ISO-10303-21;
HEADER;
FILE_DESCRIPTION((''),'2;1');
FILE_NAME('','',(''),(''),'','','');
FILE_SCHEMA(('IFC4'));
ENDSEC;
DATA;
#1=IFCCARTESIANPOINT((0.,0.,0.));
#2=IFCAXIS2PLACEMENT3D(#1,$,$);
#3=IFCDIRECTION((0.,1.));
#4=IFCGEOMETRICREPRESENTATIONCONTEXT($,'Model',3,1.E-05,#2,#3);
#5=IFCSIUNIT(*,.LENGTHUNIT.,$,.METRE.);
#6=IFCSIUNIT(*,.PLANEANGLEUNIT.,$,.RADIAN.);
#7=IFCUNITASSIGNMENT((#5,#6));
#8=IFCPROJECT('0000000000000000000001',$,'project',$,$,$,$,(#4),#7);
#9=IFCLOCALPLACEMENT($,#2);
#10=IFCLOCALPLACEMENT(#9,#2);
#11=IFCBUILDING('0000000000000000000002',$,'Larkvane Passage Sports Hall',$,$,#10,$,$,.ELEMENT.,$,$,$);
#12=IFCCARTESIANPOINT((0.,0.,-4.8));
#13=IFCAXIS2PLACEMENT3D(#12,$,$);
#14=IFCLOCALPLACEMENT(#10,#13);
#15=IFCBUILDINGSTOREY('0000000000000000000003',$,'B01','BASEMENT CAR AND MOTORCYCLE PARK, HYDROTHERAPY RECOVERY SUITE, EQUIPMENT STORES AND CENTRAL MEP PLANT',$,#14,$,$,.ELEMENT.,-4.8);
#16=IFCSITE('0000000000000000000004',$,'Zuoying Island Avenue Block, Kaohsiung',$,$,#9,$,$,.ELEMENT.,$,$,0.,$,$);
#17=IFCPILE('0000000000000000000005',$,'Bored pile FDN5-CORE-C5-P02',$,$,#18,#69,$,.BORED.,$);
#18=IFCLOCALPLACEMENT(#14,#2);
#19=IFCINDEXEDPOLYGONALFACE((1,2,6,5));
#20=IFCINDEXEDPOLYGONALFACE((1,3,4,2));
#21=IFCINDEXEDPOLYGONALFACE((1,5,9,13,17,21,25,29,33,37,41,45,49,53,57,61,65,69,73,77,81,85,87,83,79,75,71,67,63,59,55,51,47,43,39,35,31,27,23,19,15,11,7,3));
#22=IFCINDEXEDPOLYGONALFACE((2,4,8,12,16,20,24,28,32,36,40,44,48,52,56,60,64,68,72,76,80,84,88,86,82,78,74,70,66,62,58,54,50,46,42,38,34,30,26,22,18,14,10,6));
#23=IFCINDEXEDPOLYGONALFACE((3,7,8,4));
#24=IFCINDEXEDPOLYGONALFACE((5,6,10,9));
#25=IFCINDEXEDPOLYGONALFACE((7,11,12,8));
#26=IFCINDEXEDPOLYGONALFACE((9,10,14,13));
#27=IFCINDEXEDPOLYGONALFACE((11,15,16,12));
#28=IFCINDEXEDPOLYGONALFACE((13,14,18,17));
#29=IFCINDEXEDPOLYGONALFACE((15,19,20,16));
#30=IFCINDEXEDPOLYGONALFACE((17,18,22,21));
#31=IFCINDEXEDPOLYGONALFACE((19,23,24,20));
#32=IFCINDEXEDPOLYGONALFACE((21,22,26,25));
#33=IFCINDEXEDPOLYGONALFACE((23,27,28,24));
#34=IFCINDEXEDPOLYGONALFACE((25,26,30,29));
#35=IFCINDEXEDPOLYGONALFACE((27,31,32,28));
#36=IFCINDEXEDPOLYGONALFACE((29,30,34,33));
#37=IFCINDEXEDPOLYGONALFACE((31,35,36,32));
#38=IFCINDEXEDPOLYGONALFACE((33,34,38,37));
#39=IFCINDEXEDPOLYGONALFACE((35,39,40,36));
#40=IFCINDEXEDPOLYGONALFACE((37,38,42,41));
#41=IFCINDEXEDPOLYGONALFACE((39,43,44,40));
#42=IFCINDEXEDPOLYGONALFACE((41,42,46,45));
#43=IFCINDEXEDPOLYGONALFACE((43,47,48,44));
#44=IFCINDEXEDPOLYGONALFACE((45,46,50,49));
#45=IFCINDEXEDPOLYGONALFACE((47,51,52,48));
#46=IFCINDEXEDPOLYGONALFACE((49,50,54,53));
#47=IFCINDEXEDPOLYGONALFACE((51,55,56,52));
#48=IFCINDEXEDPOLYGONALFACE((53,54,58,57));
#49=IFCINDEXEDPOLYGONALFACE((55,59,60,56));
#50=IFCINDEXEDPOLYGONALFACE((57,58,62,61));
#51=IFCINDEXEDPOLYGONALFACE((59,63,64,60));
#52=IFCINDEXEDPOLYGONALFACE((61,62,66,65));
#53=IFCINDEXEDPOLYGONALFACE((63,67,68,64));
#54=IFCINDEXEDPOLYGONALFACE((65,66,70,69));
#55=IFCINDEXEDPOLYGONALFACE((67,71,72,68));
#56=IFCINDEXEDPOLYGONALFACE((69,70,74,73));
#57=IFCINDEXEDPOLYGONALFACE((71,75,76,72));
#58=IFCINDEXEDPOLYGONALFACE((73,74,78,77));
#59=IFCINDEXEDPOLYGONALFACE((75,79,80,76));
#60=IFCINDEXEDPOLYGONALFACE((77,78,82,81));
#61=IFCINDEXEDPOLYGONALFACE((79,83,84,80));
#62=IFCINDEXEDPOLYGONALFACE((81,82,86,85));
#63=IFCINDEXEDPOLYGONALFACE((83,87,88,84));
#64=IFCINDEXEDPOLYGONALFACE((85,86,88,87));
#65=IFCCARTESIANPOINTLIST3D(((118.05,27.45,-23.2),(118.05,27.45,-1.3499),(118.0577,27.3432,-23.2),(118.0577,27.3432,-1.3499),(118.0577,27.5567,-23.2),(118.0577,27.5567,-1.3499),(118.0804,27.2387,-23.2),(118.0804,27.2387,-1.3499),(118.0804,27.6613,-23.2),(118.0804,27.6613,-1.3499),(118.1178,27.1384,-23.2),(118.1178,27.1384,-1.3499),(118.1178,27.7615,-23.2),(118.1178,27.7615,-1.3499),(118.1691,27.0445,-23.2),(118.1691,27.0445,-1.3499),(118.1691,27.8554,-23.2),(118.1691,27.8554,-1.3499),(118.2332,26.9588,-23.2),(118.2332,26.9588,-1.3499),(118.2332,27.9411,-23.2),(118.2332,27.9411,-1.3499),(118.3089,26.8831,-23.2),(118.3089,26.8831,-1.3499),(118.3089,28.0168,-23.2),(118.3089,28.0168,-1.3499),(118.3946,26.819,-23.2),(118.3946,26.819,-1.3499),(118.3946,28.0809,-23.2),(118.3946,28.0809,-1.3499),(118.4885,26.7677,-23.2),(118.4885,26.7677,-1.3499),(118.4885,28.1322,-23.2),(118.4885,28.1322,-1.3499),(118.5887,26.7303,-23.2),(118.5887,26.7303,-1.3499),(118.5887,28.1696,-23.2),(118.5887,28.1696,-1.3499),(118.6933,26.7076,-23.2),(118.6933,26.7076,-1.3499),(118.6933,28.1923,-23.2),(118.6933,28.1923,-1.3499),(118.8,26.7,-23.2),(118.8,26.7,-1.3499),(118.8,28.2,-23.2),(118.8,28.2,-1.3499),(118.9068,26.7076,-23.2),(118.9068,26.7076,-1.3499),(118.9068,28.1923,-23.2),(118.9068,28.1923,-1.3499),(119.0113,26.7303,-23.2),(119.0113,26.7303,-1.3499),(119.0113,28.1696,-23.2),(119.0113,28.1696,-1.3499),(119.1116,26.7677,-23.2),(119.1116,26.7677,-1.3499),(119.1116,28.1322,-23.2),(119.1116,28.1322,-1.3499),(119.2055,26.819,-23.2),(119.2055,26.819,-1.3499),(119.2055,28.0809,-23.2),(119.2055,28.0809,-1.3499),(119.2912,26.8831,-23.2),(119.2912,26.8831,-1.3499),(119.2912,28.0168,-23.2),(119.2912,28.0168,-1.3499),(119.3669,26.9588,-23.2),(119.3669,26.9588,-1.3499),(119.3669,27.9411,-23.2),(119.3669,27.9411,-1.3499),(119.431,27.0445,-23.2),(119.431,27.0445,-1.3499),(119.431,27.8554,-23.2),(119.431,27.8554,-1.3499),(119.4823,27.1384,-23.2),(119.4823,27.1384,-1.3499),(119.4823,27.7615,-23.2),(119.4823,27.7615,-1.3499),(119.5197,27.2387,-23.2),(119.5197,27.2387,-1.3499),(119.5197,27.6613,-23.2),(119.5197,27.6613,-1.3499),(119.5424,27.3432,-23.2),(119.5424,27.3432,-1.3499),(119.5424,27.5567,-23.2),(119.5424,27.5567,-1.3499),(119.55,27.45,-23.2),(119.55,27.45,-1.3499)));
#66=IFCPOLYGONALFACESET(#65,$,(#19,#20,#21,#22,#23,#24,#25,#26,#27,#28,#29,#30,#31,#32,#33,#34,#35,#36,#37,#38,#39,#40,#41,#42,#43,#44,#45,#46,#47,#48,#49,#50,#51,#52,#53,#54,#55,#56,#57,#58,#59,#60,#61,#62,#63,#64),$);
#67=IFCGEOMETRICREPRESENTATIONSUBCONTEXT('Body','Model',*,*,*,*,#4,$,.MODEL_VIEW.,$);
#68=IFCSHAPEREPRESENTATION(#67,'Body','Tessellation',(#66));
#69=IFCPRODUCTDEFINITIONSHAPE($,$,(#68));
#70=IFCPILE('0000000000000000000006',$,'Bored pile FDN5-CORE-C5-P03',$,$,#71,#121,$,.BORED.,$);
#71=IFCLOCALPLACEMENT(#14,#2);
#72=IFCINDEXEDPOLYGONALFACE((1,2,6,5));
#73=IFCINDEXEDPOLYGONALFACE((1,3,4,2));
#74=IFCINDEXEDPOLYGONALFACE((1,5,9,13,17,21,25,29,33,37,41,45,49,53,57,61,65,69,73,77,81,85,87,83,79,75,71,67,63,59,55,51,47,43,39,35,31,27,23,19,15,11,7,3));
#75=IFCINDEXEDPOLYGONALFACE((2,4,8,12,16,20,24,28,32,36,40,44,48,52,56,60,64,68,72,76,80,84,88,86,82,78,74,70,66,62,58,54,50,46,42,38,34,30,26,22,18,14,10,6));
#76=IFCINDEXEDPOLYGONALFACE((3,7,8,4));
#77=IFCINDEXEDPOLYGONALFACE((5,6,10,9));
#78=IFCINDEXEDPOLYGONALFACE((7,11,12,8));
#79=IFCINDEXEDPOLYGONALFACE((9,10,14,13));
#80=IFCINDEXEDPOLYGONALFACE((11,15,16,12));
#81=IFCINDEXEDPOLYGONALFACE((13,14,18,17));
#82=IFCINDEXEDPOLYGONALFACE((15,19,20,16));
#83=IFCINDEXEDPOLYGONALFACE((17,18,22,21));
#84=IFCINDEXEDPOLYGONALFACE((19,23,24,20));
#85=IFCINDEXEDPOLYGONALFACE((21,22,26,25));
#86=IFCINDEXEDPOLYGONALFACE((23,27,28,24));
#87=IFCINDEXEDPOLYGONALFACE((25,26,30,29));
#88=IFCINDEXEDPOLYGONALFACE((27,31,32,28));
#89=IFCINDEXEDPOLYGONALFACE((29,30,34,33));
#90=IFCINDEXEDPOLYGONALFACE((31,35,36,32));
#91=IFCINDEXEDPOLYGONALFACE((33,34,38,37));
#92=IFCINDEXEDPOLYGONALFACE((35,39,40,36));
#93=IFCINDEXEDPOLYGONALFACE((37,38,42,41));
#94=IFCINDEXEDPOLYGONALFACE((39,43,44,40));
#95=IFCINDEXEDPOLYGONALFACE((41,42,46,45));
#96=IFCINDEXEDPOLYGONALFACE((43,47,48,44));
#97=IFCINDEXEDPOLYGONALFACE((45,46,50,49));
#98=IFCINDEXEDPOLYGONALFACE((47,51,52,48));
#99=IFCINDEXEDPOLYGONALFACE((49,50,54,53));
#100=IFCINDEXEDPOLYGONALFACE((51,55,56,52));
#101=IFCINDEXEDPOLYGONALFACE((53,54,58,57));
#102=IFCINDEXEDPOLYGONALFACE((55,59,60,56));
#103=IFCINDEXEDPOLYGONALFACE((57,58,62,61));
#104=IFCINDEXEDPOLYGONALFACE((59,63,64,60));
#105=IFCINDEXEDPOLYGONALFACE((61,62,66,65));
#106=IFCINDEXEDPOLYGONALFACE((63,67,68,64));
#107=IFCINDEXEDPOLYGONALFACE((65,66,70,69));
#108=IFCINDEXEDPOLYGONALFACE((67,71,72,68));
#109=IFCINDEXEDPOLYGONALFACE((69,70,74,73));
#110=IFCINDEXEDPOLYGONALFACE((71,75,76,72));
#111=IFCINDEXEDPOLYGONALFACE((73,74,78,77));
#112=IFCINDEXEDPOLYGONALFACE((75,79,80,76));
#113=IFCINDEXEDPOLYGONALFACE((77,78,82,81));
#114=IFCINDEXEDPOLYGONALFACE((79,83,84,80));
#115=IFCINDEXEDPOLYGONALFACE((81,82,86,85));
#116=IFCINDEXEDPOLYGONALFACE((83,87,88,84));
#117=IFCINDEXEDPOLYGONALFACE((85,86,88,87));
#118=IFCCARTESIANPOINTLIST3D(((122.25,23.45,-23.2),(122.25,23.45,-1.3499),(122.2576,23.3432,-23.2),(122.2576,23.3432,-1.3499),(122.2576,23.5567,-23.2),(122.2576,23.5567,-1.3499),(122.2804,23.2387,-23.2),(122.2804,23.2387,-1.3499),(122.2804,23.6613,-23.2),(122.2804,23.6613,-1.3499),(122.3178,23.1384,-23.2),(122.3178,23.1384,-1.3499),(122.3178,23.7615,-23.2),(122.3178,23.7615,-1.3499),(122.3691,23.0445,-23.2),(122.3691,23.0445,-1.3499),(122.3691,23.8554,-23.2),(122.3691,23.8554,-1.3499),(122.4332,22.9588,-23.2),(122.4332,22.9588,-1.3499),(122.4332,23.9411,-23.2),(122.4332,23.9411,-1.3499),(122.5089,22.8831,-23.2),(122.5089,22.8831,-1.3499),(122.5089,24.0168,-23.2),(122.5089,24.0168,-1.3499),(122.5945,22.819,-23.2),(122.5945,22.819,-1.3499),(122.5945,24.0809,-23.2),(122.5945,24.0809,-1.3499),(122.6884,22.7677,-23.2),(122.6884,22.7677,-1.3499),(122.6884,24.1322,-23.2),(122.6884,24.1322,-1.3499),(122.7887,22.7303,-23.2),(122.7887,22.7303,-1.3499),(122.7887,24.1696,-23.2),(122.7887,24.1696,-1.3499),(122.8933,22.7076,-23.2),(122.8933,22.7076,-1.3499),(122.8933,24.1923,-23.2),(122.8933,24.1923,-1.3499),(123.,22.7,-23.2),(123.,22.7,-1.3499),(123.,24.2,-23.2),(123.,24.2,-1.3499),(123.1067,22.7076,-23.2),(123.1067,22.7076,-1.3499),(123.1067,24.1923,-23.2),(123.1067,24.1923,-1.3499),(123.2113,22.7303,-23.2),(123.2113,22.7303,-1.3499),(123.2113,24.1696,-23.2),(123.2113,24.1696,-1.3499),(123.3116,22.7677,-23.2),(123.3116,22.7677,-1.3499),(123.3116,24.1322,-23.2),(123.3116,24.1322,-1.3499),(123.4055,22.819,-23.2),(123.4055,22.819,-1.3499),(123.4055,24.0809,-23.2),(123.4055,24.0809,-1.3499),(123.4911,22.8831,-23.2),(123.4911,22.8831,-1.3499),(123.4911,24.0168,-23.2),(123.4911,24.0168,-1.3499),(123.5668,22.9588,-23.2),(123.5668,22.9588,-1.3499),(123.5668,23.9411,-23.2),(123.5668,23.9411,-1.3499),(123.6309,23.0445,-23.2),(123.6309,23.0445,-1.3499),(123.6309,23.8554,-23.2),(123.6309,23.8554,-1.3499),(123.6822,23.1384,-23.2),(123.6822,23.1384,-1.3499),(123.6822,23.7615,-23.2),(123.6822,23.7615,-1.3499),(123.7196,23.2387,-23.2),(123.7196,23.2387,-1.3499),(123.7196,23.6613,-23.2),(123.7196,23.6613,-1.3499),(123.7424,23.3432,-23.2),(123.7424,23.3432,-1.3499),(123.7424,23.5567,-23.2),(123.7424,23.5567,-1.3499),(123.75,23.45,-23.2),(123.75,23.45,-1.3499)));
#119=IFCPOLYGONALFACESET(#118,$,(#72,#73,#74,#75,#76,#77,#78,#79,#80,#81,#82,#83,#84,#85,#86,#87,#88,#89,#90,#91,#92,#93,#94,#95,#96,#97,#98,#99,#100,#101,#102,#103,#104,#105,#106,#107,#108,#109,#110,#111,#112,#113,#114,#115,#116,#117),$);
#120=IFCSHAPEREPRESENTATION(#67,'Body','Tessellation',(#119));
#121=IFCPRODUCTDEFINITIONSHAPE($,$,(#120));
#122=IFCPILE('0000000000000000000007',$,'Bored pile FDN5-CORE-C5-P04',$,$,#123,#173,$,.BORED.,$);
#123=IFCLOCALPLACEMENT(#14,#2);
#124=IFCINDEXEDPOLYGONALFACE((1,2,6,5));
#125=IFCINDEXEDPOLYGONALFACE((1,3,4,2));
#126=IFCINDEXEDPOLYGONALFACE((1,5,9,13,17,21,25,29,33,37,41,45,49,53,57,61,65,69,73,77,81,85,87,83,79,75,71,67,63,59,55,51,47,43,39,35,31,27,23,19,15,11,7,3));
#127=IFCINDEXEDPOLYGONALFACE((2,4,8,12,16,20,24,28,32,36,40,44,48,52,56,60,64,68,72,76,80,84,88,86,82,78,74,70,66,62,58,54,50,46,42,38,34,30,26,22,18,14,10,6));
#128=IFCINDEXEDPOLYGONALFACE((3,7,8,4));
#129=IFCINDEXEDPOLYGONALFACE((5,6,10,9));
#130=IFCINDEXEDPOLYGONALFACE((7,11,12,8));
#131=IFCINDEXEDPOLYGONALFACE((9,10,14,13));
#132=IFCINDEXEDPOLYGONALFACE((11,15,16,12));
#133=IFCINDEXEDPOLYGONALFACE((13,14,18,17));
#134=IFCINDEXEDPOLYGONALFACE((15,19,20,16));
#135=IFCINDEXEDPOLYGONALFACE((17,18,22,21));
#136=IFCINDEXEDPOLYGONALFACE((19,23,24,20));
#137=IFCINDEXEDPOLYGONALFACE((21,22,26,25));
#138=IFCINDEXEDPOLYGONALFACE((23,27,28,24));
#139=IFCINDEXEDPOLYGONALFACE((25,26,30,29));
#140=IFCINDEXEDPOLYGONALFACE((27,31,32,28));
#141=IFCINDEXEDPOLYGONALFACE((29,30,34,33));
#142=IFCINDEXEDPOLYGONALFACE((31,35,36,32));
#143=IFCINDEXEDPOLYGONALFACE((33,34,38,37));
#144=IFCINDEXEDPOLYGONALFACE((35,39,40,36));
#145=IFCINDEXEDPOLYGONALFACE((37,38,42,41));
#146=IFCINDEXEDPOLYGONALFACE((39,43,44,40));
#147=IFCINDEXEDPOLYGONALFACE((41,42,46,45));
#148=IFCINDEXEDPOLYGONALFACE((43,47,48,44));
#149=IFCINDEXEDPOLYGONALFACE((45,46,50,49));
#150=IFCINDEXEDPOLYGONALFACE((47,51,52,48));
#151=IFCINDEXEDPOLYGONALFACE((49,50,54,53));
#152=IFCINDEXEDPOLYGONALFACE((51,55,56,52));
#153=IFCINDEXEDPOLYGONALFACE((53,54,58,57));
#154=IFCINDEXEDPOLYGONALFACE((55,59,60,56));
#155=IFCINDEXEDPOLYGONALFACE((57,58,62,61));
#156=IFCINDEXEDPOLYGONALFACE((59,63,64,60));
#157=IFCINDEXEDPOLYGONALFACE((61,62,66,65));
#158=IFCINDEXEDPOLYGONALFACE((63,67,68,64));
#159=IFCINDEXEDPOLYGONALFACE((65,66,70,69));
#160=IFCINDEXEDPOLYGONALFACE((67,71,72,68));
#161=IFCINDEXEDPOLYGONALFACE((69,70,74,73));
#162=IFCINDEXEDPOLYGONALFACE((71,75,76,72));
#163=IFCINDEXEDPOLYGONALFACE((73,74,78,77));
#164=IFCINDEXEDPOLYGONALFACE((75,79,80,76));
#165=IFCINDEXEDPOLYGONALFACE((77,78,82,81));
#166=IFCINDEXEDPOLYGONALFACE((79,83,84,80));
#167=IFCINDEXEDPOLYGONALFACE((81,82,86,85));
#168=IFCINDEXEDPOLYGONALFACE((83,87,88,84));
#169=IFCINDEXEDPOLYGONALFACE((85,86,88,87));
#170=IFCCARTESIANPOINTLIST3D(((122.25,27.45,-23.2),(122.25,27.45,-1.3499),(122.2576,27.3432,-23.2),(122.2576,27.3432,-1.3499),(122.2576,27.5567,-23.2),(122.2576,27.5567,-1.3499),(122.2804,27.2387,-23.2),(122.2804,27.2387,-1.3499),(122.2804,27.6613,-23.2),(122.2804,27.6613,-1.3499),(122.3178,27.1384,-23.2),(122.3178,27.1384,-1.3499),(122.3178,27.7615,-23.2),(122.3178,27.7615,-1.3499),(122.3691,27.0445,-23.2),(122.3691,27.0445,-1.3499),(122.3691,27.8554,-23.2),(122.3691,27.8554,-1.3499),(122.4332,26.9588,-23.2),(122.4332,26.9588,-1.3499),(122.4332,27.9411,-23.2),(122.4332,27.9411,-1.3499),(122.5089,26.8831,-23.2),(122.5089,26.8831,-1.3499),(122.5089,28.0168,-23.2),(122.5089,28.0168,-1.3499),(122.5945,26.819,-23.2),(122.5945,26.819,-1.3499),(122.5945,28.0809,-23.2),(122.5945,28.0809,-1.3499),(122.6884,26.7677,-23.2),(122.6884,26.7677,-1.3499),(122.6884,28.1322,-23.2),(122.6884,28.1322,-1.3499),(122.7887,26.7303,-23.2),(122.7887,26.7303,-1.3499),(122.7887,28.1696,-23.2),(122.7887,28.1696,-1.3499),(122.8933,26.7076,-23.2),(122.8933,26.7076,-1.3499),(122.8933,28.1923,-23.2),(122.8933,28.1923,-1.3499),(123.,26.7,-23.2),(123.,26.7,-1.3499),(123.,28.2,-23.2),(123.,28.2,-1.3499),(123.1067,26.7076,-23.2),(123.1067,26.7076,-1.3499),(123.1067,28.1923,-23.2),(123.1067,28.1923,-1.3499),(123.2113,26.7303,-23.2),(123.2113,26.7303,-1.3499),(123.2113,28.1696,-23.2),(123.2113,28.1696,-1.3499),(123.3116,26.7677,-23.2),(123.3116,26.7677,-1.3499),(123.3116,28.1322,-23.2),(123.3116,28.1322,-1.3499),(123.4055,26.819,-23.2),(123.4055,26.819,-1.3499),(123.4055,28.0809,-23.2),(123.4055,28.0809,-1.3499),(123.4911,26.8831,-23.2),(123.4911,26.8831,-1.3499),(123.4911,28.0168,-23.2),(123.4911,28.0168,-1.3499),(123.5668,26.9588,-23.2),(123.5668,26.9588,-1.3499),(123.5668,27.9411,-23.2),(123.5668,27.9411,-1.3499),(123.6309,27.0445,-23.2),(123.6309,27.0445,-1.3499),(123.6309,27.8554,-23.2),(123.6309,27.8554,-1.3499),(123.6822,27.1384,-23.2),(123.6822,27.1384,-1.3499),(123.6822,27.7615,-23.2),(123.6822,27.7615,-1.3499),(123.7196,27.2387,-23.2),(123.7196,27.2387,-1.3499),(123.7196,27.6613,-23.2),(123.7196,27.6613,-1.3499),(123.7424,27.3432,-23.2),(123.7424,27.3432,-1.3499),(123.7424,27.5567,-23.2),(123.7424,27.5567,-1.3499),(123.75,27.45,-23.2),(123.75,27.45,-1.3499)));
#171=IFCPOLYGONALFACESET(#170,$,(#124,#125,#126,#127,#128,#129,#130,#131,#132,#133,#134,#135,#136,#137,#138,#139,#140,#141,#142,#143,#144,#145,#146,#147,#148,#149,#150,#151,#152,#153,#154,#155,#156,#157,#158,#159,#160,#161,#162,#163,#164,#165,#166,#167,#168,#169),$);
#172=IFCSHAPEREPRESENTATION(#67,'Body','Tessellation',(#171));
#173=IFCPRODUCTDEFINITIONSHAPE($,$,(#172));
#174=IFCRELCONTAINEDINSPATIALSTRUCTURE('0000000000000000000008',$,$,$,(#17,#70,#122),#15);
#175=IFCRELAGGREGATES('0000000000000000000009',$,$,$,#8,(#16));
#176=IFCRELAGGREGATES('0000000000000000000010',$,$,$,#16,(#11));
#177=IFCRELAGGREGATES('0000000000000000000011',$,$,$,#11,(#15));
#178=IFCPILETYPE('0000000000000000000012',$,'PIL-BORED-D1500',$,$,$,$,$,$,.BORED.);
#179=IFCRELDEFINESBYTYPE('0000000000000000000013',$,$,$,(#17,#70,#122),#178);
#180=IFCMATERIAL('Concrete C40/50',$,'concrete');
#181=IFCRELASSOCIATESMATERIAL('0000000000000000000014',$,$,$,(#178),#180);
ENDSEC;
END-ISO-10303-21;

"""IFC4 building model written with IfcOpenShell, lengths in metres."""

from ifc_helpers import new_model, si_unit, direction, frame, origin, origin_2d, place, context, subcontext, project, spatial, circle, extrude, material, material_profile, profile_set, type_object, element, save


model = new_model("IFC4")

# Units and contexts
model_context = context("Model", 3, precision=1e-05, world=origin(), true_north=direction((0.0, 1.0)))
body_context = subcontext(model_context, "Body", "Model", "MODEL_VIEW")
ifc_project = project(units=[si_unit("LENGTHUNIT", "METRE"), si_unit("PLANEANGLEUNIT", "RADIAN")], contexts=[model_context])

# Site, building, storey
site_placement = place(None, origin())
site = spatial("IfcSite", under=ifc_project, at=site_placement, Name="Zuoying Island Avenue Block, Kaohsiung", CompositionType="ELEMENT", RefElevation=0.0)
building_placement = place(site_placement, origin())
building = spatial("IfcBuilding", under=site, at=building_placement, Name="Larkvane Passage Sports Hall", CompositionType="ELEMENT")
storey_placement = place(building_placement, frame((0.0, 0.0, -4.8)))
storey = spatial("IfcBuildingStorey", under=building, at=storey_placement, Name="B01", Description="BASEMENT CAR AND MOTORCYCLE PARK, HYDROTHERAPY RECOVERY SUITE, EQUIPMENT STORES AND CENTRAL MEP PLANT", CompositionType="ELEMENT", Elevation=-4.8)

# Shared definitions
ifc_material_1 = material(Name="Concrete C40/50", Category="concrete")

# Piles
ifc_material_profile_1 = material_profile(ifc_material_1, circle(Radius=0.75, at=origin_2d()), Name="PILE-D1500")
ifc_profile_set_1 = profile_set([ifc_material_profile_1], Name="Concrete C40/50")
pile_type_1 = type_object("IfcPileType", Name="PIL-BORED-D1500", PredefinedType="BORED", material=ifc_profile_set_1)
for number, where, z_axis, x_axis, name in (
    (1, (118.8, 27.45, -1.3499), (0.0, 0.0, -1.0), (1.0, 0.0, 0.0), "Bored pile FDN5-CORE-C5-P02"),
    (2, (123.0, 23.45, -1.3499), (0.0, 0.0, -1.0), (1.0, 0.0, 0.0), "Bored pile FDN5-CORE-C5-P03"),
    (3, (123.0, 27.45, -1.3499), (0.0, 0.0, -1.0), (1.0, 0.0, 0.0), "Bored pile FDN5-CORE-C5-P04"),
):
    element("IfcPile", number, at=place(storey_placement, frame(where, z_axis=z_axis, x_axis=x_axis)), inside=storey, type_object=pile_type_1, Name=name, PredefinedType="BORED", context=body_context, shape_type="SweptSolid", body=[
        extrude(circle(Radius=0.75, at=origin_2d()), origin(), (0.0, 0.0, 1.0), 21.8501),
    ])

save(model, "model.ifc")
